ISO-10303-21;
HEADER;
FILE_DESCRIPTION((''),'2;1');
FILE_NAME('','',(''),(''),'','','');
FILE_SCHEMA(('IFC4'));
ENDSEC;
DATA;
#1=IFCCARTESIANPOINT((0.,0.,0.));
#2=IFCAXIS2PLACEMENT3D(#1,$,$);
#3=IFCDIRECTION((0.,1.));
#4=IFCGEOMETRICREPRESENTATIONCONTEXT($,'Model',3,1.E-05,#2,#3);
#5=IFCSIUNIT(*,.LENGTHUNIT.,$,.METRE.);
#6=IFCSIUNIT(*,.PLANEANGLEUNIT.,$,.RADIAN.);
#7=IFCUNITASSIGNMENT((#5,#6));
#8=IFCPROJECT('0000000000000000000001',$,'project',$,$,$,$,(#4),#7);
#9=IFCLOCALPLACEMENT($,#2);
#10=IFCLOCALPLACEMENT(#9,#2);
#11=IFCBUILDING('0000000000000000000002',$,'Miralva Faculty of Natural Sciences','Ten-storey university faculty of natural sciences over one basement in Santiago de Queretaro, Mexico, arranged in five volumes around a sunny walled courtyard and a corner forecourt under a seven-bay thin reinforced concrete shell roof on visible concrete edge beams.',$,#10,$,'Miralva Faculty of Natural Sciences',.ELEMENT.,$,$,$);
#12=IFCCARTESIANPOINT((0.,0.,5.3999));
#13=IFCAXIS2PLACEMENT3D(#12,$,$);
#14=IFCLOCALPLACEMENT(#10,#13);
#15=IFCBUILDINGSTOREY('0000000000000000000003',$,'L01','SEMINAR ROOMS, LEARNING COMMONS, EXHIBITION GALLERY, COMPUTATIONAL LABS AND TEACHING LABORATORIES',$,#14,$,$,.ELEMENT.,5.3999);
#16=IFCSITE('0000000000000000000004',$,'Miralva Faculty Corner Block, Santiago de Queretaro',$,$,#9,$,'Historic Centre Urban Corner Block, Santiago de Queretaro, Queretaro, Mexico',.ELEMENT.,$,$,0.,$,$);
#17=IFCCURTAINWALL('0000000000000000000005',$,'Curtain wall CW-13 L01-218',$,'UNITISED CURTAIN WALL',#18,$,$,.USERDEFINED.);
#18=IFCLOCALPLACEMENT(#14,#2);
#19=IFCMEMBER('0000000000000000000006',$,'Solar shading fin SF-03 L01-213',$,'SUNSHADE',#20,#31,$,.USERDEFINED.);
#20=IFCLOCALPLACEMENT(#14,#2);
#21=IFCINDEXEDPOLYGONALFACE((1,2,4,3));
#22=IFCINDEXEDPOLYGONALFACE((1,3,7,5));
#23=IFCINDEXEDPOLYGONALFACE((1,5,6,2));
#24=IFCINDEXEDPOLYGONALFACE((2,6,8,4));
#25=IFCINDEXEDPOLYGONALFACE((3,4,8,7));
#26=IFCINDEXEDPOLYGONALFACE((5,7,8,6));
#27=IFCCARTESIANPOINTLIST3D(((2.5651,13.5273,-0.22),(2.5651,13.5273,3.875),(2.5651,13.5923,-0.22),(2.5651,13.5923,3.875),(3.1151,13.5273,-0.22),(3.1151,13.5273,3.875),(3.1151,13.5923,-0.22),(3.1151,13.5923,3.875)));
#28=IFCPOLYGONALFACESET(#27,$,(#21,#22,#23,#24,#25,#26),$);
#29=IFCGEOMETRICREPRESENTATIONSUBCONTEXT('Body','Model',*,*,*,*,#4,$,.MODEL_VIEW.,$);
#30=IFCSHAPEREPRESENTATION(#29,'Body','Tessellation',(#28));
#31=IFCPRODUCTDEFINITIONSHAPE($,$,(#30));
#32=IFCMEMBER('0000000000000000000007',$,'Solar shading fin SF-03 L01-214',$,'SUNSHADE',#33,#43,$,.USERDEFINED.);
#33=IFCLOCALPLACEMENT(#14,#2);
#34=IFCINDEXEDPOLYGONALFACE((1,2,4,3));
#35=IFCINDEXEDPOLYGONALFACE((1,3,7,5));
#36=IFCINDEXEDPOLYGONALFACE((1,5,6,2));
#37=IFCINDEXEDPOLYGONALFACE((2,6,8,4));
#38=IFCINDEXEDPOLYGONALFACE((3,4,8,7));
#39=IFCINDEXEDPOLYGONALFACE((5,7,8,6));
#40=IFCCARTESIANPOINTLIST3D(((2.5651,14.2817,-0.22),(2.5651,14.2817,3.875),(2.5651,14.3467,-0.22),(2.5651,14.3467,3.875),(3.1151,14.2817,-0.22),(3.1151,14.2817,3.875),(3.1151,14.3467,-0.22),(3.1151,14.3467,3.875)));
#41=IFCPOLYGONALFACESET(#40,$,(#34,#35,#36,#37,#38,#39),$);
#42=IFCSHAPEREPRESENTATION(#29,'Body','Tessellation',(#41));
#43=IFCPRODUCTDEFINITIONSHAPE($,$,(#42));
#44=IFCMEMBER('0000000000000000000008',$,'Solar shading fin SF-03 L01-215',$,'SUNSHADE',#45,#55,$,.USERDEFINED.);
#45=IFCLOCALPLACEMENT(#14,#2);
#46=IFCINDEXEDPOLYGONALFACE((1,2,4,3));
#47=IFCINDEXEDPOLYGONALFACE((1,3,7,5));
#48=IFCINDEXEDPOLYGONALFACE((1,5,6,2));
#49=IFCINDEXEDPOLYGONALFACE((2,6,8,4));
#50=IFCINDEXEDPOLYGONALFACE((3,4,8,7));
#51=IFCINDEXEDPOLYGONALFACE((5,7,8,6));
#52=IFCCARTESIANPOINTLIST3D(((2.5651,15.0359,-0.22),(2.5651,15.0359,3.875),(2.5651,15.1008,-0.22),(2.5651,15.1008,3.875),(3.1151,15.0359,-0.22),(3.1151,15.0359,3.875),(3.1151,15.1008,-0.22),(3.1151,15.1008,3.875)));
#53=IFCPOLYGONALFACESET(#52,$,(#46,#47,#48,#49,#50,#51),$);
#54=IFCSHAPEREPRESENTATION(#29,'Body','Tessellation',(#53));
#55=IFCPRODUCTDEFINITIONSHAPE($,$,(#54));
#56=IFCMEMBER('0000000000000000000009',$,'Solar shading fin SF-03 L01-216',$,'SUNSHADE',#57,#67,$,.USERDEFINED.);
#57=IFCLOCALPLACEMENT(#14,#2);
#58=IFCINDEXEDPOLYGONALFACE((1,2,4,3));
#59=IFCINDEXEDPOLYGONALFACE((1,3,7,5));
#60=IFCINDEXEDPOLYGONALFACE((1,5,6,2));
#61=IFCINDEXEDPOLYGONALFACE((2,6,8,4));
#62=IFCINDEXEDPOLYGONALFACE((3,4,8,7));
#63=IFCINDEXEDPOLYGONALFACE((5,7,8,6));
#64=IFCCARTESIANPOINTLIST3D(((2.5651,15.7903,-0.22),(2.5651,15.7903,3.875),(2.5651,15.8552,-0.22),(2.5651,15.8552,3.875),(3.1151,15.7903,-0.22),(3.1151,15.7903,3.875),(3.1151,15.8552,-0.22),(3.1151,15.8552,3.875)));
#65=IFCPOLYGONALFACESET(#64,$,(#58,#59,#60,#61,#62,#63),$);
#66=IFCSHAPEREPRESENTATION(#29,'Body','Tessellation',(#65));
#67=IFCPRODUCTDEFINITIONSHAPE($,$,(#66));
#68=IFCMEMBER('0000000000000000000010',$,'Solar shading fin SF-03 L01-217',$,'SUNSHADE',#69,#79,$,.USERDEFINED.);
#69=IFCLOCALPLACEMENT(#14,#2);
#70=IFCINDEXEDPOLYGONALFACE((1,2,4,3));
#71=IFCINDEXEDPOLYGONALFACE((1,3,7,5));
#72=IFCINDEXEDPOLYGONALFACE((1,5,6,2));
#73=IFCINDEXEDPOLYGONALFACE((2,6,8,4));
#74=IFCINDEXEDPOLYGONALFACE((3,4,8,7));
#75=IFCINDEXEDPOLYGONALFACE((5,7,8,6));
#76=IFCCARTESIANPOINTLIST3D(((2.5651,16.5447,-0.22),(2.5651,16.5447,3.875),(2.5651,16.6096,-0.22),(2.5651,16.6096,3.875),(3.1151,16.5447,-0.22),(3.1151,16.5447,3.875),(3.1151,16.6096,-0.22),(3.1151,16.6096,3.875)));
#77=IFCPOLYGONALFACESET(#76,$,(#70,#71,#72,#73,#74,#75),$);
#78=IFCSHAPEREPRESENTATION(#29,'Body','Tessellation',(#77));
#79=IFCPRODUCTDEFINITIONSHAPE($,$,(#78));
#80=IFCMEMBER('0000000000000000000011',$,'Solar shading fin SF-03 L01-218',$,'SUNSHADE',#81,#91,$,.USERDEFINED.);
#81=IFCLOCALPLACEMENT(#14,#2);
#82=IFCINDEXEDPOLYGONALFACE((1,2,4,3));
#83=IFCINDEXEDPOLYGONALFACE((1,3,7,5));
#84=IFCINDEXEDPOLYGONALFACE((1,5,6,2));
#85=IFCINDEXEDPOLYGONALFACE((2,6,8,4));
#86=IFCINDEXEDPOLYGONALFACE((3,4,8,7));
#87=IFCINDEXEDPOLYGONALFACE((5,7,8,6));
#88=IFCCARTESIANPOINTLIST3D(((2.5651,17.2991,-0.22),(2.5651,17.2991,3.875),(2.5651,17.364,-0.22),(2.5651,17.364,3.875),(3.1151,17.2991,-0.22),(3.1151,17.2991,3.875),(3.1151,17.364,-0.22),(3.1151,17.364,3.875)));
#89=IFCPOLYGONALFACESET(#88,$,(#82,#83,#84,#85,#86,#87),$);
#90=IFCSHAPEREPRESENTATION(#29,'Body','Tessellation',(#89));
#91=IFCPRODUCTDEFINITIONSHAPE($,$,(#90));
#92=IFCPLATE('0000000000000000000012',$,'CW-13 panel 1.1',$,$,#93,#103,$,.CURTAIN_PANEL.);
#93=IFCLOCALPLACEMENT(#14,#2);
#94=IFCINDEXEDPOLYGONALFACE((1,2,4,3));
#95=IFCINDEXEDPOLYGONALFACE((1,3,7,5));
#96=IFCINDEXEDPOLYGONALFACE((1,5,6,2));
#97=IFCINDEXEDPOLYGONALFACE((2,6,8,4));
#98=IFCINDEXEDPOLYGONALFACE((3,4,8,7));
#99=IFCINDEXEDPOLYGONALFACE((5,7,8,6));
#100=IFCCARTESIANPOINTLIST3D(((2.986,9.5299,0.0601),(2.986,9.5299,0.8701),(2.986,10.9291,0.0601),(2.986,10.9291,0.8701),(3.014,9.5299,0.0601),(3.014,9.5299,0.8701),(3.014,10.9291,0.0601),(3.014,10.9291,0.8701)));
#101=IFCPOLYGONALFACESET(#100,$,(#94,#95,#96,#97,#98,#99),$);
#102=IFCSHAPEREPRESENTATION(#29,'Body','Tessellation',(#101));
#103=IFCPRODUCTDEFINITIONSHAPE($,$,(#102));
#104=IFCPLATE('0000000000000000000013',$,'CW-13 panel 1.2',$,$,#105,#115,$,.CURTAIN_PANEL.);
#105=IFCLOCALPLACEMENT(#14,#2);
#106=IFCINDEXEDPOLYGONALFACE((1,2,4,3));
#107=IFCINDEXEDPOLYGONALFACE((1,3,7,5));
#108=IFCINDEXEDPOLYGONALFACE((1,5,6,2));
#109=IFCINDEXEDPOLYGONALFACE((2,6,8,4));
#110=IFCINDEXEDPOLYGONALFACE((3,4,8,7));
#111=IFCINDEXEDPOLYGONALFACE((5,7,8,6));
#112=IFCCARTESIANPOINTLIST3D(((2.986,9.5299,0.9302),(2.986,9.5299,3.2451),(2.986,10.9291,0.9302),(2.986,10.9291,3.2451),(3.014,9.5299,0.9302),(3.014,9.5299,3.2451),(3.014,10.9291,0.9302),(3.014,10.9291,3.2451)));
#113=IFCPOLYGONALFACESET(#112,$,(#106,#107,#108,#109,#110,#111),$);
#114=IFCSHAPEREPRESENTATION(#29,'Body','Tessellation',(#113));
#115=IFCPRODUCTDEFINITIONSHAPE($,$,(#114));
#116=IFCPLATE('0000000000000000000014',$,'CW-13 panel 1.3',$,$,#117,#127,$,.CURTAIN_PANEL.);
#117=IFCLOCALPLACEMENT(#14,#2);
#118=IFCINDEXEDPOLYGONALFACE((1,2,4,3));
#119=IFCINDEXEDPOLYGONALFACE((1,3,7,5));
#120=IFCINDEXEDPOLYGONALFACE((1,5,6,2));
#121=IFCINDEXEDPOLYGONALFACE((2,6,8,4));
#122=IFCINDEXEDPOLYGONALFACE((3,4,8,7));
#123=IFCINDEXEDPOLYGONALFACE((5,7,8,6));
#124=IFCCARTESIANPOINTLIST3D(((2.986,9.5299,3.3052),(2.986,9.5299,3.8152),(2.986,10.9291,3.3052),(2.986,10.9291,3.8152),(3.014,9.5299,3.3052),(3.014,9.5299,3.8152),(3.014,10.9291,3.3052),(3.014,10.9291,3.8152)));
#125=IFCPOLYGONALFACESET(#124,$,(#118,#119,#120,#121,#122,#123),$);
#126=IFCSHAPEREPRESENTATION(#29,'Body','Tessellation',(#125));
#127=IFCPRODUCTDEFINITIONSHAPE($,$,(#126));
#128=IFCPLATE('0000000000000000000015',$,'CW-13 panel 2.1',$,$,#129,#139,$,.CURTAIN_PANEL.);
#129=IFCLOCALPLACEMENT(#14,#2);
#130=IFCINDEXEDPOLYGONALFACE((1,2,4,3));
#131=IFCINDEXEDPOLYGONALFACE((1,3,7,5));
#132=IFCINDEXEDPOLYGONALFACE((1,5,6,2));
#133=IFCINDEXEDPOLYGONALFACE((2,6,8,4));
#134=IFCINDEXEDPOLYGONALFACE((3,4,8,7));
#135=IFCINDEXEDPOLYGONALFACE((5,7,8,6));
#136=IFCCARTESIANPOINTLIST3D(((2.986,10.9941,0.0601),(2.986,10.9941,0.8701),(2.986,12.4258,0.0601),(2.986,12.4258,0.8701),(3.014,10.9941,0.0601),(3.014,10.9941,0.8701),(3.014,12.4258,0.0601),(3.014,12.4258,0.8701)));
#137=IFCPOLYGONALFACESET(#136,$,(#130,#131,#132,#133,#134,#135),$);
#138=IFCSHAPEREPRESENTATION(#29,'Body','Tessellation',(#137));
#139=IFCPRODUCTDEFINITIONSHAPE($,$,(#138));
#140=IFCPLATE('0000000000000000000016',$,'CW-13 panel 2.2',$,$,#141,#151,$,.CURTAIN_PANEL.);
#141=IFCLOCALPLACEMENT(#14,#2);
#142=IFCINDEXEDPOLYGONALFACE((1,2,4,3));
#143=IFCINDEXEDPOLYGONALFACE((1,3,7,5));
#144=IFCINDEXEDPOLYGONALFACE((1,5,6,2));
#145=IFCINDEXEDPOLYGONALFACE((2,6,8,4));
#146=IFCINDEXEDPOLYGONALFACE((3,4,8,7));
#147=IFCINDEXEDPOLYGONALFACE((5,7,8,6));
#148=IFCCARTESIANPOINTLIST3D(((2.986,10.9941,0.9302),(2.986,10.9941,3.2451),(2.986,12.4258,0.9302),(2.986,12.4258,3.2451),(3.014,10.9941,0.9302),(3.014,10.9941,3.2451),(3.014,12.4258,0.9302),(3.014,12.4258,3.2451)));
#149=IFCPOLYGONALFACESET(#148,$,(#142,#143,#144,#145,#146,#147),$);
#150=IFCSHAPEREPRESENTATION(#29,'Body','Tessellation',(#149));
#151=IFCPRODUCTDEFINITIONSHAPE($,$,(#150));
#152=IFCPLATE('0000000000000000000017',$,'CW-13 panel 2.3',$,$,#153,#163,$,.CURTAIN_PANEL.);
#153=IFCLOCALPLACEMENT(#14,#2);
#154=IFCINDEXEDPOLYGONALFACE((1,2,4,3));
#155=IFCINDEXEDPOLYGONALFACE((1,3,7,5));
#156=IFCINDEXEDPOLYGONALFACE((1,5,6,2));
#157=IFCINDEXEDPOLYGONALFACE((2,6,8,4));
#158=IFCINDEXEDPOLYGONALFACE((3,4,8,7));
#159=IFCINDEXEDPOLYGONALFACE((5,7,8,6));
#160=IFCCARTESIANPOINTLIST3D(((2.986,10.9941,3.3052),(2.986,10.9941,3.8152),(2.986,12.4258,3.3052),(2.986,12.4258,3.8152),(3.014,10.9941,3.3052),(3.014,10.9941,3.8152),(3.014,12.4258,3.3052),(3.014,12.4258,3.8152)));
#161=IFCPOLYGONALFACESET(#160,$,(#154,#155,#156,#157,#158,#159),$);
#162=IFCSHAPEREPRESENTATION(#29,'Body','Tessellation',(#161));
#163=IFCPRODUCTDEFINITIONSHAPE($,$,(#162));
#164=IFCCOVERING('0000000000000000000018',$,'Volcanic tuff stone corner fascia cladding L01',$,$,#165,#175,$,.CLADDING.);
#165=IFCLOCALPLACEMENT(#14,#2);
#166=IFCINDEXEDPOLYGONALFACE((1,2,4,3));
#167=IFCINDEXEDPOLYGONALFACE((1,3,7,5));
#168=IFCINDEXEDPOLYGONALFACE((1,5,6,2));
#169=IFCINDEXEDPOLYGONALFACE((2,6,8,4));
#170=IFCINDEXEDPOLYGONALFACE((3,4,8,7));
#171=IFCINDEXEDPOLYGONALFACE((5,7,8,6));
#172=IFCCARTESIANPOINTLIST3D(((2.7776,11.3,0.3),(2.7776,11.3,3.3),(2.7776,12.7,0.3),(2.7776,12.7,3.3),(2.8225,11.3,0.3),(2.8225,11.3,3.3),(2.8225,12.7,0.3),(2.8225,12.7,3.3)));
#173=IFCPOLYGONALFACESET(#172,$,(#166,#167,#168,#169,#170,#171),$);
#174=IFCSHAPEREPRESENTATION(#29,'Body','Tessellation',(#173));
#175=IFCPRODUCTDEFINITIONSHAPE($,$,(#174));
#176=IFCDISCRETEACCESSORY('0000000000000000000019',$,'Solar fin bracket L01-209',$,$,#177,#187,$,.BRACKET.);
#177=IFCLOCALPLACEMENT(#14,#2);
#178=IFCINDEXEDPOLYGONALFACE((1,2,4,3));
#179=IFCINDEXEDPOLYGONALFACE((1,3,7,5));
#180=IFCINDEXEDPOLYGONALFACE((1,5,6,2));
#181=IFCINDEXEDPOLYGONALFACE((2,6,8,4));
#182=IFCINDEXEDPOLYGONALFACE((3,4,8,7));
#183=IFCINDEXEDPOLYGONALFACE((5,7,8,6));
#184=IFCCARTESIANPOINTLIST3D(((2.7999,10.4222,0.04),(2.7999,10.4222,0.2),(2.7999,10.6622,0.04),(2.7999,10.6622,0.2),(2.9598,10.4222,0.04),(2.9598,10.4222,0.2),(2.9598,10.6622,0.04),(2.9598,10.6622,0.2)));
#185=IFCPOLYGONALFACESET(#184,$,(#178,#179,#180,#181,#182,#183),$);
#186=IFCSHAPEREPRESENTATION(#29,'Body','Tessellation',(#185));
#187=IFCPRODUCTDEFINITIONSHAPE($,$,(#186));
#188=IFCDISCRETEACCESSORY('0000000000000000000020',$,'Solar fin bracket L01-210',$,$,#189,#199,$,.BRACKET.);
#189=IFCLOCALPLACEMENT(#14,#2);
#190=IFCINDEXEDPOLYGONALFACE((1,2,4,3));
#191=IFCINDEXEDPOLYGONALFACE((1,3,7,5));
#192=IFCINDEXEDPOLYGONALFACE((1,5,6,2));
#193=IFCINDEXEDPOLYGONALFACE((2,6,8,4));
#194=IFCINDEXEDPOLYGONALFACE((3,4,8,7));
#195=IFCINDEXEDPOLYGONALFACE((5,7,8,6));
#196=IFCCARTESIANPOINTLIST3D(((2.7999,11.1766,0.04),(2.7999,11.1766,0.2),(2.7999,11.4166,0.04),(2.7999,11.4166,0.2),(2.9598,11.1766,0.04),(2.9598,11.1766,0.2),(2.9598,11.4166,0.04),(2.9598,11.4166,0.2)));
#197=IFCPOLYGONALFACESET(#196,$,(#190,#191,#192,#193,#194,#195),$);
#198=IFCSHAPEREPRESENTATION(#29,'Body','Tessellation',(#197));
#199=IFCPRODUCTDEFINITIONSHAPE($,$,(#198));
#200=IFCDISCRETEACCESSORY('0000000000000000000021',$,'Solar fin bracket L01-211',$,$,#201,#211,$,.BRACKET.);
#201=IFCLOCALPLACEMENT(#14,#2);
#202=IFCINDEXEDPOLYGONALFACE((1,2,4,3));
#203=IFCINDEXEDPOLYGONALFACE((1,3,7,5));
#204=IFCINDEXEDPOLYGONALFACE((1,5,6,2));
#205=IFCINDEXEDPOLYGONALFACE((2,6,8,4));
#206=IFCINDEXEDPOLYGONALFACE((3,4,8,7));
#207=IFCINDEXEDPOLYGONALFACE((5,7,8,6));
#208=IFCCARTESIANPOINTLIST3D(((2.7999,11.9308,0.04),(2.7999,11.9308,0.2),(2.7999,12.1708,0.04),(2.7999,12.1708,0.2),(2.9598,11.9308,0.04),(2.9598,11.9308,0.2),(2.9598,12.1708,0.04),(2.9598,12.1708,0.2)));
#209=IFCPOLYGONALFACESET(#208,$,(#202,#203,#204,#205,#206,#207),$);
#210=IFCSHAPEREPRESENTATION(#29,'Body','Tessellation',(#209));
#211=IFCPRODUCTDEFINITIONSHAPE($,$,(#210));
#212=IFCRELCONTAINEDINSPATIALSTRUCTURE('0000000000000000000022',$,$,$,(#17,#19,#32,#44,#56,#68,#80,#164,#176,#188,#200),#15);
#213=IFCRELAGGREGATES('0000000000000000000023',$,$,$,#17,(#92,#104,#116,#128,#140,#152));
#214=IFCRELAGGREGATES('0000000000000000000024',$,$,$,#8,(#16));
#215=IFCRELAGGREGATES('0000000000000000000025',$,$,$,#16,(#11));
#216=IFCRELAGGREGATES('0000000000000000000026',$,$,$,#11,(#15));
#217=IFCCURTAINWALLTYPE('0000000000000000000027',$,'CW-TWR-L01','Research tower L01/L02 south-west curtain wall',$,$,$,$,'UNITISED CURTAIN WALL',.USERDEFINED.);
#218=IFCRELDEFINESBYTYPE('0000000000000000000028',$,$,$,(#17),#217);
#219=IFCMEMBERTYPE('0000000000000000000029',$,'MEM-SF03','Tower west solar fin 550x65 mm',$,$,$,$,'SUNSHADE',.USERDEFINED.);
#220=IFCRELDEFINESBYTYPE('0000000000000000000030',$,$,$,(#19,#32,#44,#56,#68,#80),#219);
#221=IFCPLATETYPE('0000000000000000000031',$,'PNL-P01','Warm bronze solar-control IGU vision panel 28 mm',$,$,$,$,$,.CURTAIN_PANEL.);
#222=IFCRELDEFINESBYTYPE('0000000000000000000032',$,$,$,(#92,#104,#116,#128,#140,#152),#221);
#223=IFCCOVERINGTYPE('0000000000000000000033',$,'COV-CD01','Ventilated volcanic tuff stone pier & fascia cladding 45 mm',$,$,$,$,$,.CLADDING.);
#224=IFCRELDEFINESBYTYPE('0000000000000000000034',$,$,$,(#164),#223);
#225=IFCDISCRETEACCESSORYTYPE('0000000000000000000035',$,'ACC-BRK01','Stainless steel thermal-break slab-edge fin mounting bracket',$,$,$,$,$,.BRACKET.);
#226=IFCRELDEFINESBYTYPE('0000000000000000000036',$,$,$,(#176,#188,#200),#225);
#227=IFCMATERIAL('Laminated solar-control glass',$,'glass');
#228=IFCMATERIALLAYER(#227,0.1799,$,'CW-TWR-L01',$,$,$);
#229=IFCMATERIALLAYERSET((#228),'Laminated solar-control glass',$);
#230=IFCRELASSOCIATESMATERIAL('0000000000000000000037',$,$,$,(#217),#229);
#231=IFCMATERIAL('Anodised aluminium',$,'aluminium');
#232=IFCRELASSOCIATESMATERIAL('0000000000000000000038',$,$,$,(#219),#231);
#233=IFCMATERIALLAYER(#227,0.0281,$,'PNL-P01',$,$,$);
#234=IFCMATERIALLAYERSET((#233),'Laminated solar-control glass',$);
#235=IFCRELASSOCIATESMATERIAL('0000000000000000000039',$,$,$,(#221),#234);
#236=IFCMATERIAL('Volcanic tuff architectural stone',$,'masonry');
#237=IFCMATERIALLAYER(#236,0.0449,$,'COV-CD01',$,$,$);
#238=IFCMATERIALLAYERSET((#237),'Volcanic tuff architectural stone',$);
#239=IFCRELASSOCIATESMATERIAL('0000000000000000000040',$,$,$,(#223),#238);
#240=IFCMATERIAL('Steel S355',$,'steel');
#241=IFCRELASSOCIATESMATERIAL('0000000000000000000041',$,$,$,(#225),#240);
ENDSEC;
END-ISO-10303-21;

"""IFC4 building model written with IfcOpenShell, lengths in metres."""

from ifc_helpers import new_model, si_unit, direction, frame, origin, origin_2d, place, context, subcontext, project, spatial, rectangle, extrude, material, layer, layer_set, material_profile, profile_set, type_object, element, aggregate, save


model = new_model("IFC4")

# Units and contexts
model_context = context("Model", 3, precision=1e-05, world=origin(), true_north=direction((0.0, 1.0)))
body_context = subcontext(model_context, "Body", "Model", "MODEL_VIEW")
ifc_project = project(units=[si_unit("LENGTHUNIT", "METRE"), si_unit("PLANEANGLEUNIT", "RADIAN")], contexts=[model_context])

# Site, building, storey
site_placement = place(None, origin())
site = spatial("IfcSite", under=ifc_project, at=site_placement, Name="Miralva Faculty Corner Block, Santiago de Queretaro", LongName="Historic Centre Urban Corner Block, Santiago de Queretaro, Queretaro, Mexico", CompositionType="ELEMENT", RefElevation=0.0)
building_placement = place(site_placement, origin())
building = spatial("IfcBuilding", under=site, at=building_placement, Name="Miralva Faculty of Natural Sciences", Description="Ten-storey university faculty of natural sciences over one basement in Santiago de Queretaro, Mexico, arranged in five volumes around a sunny walled courtyard and a corner forecourt under a seven-bay thin reinforced concrete shell roof on visible concrete edge beams.", LongName="Miralva Faculty of Natural Sciences", CompositionType="ELEMENT")
storey_placement = place(building_placement, frame((0.0, 0.0, 5.3999)))
storey = spatial("IfcBuildingStorey", under=building, at=storey_placement, Name="L01", Description="SEMINAR ROOMS, LEARNING COMMONS, EXHIBITION GALLERY, COMPUTATIONAL LABS AND TEACHING LABORATORIES", CompositionType="ELEMENT", Elevation=5.3999)

# Curtain wall
ifc_material_1 = material(Name="Laminated solar-control glass", Category="glass")
ifc_layer_1 = layer(ifc_material_1, 0.1799, Name="CW-TWR-L01")
ifc_layer_set_1 = layer_set([ifc_layer_1], Name="Laminated solar-control glass")
curtain_wall_type = type_object("IfcCurtainWallType", Name="CW-TWR-L01", Description="Research tower L01/L02 south-west curtain wall", ElementType="UNITISED CURTAIN WALL", PredefinedType="USERDEFINED", material=ifc_layer_set_1)
curtain_wall_placement = place(storey_placement, origin())
curtain_wall = element("IfcCurtainWall", 1, at=curtain_wall_placement, inside=storey, type_object=curtain_wall_type, Name="Curtain wall CW-13 L01-218", ObjectType="UNITISED CURTAIN WALL", PredefinedType="USERDEFINED")
ifc_material_2 = material(Name="Anodised aluminium", Category="aluminium")

# Members
ifc_material_profile_1 = material_profile(ifc_material_2, rectangle(XDim=0.0649, YDim=0.55, at=origin_2d()), Name="FIN 550x65")
ifc_profile_set_1 = profile_set([ifc_material_profile_1], Name="Anodised aluminium")
member_type_1 = type_object("IfcMemberType", Name="MEM-SF03", Description="Tower west solar fin 550x65 mm", ElementType="SUNSHADE", PredefinedType="USERDEFINED", material=ifc_profile_set_1)
for number, where, z_axis, x_axis, name in (
    (2, (2.8401, 13.5598, -0.22), (0.0, 0.0, 1.0), (0.0, -1.0, 0.0), "Solar shading fin SF-03 L01-213"),
    (3, (2.8401, 14.3142, -0.22), (0.0, 0.0, 1.0), (0.0, -1.0, 0.0), "Solar shading fin SF-03 L01-214"),
    (4, (2.8401, 15.0684, -0.22), (0.0, 0.0, 1.0), (0.0, -1.0, 0.0), "Solar shading fin SF-03 L01-215"),
    (5, (2.8401, 15.8228, -0.22), (0.0, 0.0, 1.0), (0.0, -1.0, 0.0), "Solar shading fin SF-03 L01-216"),
    (6, (2.8401, 16.5771, -0.22), (0.0, 0.0, 1.0), (0.0, -1.0, 0.0), "Solar shading fin SF-03 L01-217"),
    (7, (2.8401, 17.3315, -0.22), (0.0, 0.0, 1.0), (0.0, -1.0, 0.0), "Solar shading fin SF-03 L01-218"),
):
    element("IfcMember", number, at=place(storey_placement, frame(where, z_axis=z_axis, x_axis=x_axis)), inside=storey, type_object=member_type_1, Name=name, ObjectType="SUNSHADE", PredefinedType="USERDEFINED", context=body_context, shape_type="SweptSolid", body=[
        extrude(rectangle(XDim=0.0649, YDim=0.55, at=origin_2d()), origin(), (0.0, 0.0, 1.0), 4.095),
    ])

# Plates
ifc_layer_2 = layer(ifc_material_1, 0.0281, Name="PNL-P01")
ifc_layer_set_2 = layer_set([ifc_layer_2], Name="Laminated solar-control glass")
plate_type = type_object("IfcPlateType", Name="PNL-P01", Description="Warm bronze solar-control IGU vision panel 28 mm", PredefinedType="CURTAIN_PANEL", material=ifc_layer_set_2)
plate_1_placement = place(storey_placement, frame((3.0, 10.2295, 0.0601), z_axis=(0.0, 0.0, 1.0), x_axis=(0.0, 1.0, 0.0)))
plate_1 = element("IfcPlate", 8, at=plate_1_placement, type_object=plate_type, Name="CW-13 panel 1.1", PredefinedType="CURTAIN_PANEL", context=body_context, shape_type="SweptSolid", body=[
    extrude(rectangle(XDim=1.3992, YDim=0.0281, at=origin_2d()), origin(), (0.0, 0.0, 1.0), 0.8101),
])
plate_2_placement = place(storey_placement, frame((3.0, 10.2295, 0.9302), z_axis=(0.0, 0.0, 1.0), x_axis=(0.0, 1.0, 0.0)))
plate_2 = element("IfcPlate", 9, at=plate_2_placement, type_object=plate_type, Name="CW-13 panel 1.2", PredefinedType="CURTAIN_PANEL", context=body_context, shape_type="SweptSolid", body=[
    extrude(rectangle(XDim=1.3992, YDim=0.0281, at=origin_2d()), origin(), (0.0, 0.0, 1.0), 2.3149),
])
plate_3_placement = place(storey_placement, frame((3.0, 10.2295, 3.3052), z_axis=(0.0, 0.0, 1.0), x_axis=(0.0, 1.0, 0.0)))
plate_3 = element("IfcPlate", 10, at=plate_3_placement, type_object=plate_type, Name="CW-13 panel 1.3", PredefinedType="CURTAIN_PANEL", context=body_context, shape_type="SweptSolid", body=[
    extrude(rectangle(XDim=1.3992, YDim=0.0281, at=origin_2d()), origin(), (0.0, 0.0, 1.0), 0.51),
])
plate_4_placement = place(storey_placement, frame((3.0, 11.71, 0.0601), z_axis=(0.0, 0.0, 1.0), x_axis=(0.0, 1.0, 0.0)))
plate_4 = element("IfcPlate", 11, at=plate_4_placement, type_object=plate_type, Name="CW-13 panel 2.1", PredefinedType="CURTAIN_PANEL", context=body_context, shape_type="SweptSolid", body=[
    extrude(rectangle(XDim=1.4316, YDim=0.0281, at=origin_2d()), origin(), (0.0, 0.0, 1.0), 0.8101),
])
plate_5_placement = place(storey_placement, frame((3.0, 11.71, 0.9302), z_axis=(0.0, 0.0, 1.0), x_axis=(0.0, 1.0, 0.0)))
plate_5 = element("IfcPlate", 12, at=plate_5_placement, type_object=plate_type, Name="CW-13 panel 2.2", PredefinedType="CURTAIN_PANEL", context=body_context, shape_type="SweptSolid", body=[
    extrude(rectangle(XDim=1.4316, YDim=0.0281, at=origin_2d()), origin(), (0.0, 0.0, 1.0), 2.3149),
])
plate_6_placement = place(storey_placement, frame((3.0, 11.71, 3.3052), z_axis=(0.0, 0.0, 1.0), x_axis=(0.0, 1.0, 0.0)))
plate_6 = element("IfcPlate", 13, at=plate_6_placement, type_object=plate_type, Name="CW-13 panel 2.3", PredefinedType="CURTAIN_PANEL", context=body_context, shape_type="SweptSolid", body=[
    extrude(rectangle(XDim=1.4316, YDim=0.0281, at=origin_2d()), origin(), (0.0, 0.0, 1.0), 0.51),
])
aggregate(curtain_wall, [plate_1, plate_2, plate_3, plate_4, plate_5, plate_6])

# Covering
ifc_material_3 = material(Name="Volcanic tuff architectural stone", Category="masonry")
ifc_layer_3 = layer(ifc_material_3, 0.0449, Name="COV-CD01")
ifc_layer_set_3 = layer_set([ifc_layer_3], Name="Volcanic tuff architectural stone")
covering_type = type_object("IfcCoveringType", Name="COV-CD01", Description="Ventilated volcanic tuff stone pier & fascia cladding 45 mm", PredefinedType="CLADDING", material=ifc_layer_set_3)
covering_placement = place(storey_placement, frame((2.8, 12.0, 0.3), z_axis=(0.0, 0.0, 1.0), x_axis=(1.0, 0.0, 0.0)))
element("IfcCovering", 14, at=covering_placement, inside=storey, type_object=covering_type, Name="Volcanic tuff stone corner fascia cladding L01", PredefinedType="CLADDING", context=body_context, shape_type="SweptSolid", body=[
    extrude(rectangle(XDim=0.0449, YDim=1.3999, at=origin_2d()), origin(), (0.0, 0.0, 1.0), 3.0),
])

# Discrete accessories
ifc_material_4 = material(Name="Steel S355", Category="steel")
discrete_accessory_type = type_object("IfcDiscreteAccessoryType", Name="ACC-BRK01", Description="Stainless steel thermal-break slab-edge fin mounting bracket", PredefinedType="BRACKET", material=ifc_material_4)
for number, where, z_axis, x_axis, name in (
    (15, (2.8799, 10.5422, 0.04), (0.0, 0.0, 1.0), (-1.0, 0.0, 0.0), "Solar fin bracket L01-209"),
    (16, (2.8799, 11.2966, 0.04), (0.0, 0.0, 1.0), (-1.0, 0.0, 0.0), "Solar fin bracket L01-210"),
    (17, (2.8799, 12.0508, 0.04), (0.0, 0.0, 1.0), (-1.0, 0.0, 0.0), "Solar fin bracket L01-211"),
):
    element("IfcDiscreteAccessory", number, at=place(storey_placement, frame(where, z_axis=z_axis, x_axis=x_axis)), inside=storey, type_object=discrete_accessory_type, Name=name, PredefinedType="BRACKET", context=body_context, shape_type="SweptSolid", body=[
        extrude(rectangle(XDim=0.1599, YDim=0.24, at=origin_2d()), origin(), (0.0, 0.0, 1.0), 0.1599),
    ])

save(model, "model.ifc")
